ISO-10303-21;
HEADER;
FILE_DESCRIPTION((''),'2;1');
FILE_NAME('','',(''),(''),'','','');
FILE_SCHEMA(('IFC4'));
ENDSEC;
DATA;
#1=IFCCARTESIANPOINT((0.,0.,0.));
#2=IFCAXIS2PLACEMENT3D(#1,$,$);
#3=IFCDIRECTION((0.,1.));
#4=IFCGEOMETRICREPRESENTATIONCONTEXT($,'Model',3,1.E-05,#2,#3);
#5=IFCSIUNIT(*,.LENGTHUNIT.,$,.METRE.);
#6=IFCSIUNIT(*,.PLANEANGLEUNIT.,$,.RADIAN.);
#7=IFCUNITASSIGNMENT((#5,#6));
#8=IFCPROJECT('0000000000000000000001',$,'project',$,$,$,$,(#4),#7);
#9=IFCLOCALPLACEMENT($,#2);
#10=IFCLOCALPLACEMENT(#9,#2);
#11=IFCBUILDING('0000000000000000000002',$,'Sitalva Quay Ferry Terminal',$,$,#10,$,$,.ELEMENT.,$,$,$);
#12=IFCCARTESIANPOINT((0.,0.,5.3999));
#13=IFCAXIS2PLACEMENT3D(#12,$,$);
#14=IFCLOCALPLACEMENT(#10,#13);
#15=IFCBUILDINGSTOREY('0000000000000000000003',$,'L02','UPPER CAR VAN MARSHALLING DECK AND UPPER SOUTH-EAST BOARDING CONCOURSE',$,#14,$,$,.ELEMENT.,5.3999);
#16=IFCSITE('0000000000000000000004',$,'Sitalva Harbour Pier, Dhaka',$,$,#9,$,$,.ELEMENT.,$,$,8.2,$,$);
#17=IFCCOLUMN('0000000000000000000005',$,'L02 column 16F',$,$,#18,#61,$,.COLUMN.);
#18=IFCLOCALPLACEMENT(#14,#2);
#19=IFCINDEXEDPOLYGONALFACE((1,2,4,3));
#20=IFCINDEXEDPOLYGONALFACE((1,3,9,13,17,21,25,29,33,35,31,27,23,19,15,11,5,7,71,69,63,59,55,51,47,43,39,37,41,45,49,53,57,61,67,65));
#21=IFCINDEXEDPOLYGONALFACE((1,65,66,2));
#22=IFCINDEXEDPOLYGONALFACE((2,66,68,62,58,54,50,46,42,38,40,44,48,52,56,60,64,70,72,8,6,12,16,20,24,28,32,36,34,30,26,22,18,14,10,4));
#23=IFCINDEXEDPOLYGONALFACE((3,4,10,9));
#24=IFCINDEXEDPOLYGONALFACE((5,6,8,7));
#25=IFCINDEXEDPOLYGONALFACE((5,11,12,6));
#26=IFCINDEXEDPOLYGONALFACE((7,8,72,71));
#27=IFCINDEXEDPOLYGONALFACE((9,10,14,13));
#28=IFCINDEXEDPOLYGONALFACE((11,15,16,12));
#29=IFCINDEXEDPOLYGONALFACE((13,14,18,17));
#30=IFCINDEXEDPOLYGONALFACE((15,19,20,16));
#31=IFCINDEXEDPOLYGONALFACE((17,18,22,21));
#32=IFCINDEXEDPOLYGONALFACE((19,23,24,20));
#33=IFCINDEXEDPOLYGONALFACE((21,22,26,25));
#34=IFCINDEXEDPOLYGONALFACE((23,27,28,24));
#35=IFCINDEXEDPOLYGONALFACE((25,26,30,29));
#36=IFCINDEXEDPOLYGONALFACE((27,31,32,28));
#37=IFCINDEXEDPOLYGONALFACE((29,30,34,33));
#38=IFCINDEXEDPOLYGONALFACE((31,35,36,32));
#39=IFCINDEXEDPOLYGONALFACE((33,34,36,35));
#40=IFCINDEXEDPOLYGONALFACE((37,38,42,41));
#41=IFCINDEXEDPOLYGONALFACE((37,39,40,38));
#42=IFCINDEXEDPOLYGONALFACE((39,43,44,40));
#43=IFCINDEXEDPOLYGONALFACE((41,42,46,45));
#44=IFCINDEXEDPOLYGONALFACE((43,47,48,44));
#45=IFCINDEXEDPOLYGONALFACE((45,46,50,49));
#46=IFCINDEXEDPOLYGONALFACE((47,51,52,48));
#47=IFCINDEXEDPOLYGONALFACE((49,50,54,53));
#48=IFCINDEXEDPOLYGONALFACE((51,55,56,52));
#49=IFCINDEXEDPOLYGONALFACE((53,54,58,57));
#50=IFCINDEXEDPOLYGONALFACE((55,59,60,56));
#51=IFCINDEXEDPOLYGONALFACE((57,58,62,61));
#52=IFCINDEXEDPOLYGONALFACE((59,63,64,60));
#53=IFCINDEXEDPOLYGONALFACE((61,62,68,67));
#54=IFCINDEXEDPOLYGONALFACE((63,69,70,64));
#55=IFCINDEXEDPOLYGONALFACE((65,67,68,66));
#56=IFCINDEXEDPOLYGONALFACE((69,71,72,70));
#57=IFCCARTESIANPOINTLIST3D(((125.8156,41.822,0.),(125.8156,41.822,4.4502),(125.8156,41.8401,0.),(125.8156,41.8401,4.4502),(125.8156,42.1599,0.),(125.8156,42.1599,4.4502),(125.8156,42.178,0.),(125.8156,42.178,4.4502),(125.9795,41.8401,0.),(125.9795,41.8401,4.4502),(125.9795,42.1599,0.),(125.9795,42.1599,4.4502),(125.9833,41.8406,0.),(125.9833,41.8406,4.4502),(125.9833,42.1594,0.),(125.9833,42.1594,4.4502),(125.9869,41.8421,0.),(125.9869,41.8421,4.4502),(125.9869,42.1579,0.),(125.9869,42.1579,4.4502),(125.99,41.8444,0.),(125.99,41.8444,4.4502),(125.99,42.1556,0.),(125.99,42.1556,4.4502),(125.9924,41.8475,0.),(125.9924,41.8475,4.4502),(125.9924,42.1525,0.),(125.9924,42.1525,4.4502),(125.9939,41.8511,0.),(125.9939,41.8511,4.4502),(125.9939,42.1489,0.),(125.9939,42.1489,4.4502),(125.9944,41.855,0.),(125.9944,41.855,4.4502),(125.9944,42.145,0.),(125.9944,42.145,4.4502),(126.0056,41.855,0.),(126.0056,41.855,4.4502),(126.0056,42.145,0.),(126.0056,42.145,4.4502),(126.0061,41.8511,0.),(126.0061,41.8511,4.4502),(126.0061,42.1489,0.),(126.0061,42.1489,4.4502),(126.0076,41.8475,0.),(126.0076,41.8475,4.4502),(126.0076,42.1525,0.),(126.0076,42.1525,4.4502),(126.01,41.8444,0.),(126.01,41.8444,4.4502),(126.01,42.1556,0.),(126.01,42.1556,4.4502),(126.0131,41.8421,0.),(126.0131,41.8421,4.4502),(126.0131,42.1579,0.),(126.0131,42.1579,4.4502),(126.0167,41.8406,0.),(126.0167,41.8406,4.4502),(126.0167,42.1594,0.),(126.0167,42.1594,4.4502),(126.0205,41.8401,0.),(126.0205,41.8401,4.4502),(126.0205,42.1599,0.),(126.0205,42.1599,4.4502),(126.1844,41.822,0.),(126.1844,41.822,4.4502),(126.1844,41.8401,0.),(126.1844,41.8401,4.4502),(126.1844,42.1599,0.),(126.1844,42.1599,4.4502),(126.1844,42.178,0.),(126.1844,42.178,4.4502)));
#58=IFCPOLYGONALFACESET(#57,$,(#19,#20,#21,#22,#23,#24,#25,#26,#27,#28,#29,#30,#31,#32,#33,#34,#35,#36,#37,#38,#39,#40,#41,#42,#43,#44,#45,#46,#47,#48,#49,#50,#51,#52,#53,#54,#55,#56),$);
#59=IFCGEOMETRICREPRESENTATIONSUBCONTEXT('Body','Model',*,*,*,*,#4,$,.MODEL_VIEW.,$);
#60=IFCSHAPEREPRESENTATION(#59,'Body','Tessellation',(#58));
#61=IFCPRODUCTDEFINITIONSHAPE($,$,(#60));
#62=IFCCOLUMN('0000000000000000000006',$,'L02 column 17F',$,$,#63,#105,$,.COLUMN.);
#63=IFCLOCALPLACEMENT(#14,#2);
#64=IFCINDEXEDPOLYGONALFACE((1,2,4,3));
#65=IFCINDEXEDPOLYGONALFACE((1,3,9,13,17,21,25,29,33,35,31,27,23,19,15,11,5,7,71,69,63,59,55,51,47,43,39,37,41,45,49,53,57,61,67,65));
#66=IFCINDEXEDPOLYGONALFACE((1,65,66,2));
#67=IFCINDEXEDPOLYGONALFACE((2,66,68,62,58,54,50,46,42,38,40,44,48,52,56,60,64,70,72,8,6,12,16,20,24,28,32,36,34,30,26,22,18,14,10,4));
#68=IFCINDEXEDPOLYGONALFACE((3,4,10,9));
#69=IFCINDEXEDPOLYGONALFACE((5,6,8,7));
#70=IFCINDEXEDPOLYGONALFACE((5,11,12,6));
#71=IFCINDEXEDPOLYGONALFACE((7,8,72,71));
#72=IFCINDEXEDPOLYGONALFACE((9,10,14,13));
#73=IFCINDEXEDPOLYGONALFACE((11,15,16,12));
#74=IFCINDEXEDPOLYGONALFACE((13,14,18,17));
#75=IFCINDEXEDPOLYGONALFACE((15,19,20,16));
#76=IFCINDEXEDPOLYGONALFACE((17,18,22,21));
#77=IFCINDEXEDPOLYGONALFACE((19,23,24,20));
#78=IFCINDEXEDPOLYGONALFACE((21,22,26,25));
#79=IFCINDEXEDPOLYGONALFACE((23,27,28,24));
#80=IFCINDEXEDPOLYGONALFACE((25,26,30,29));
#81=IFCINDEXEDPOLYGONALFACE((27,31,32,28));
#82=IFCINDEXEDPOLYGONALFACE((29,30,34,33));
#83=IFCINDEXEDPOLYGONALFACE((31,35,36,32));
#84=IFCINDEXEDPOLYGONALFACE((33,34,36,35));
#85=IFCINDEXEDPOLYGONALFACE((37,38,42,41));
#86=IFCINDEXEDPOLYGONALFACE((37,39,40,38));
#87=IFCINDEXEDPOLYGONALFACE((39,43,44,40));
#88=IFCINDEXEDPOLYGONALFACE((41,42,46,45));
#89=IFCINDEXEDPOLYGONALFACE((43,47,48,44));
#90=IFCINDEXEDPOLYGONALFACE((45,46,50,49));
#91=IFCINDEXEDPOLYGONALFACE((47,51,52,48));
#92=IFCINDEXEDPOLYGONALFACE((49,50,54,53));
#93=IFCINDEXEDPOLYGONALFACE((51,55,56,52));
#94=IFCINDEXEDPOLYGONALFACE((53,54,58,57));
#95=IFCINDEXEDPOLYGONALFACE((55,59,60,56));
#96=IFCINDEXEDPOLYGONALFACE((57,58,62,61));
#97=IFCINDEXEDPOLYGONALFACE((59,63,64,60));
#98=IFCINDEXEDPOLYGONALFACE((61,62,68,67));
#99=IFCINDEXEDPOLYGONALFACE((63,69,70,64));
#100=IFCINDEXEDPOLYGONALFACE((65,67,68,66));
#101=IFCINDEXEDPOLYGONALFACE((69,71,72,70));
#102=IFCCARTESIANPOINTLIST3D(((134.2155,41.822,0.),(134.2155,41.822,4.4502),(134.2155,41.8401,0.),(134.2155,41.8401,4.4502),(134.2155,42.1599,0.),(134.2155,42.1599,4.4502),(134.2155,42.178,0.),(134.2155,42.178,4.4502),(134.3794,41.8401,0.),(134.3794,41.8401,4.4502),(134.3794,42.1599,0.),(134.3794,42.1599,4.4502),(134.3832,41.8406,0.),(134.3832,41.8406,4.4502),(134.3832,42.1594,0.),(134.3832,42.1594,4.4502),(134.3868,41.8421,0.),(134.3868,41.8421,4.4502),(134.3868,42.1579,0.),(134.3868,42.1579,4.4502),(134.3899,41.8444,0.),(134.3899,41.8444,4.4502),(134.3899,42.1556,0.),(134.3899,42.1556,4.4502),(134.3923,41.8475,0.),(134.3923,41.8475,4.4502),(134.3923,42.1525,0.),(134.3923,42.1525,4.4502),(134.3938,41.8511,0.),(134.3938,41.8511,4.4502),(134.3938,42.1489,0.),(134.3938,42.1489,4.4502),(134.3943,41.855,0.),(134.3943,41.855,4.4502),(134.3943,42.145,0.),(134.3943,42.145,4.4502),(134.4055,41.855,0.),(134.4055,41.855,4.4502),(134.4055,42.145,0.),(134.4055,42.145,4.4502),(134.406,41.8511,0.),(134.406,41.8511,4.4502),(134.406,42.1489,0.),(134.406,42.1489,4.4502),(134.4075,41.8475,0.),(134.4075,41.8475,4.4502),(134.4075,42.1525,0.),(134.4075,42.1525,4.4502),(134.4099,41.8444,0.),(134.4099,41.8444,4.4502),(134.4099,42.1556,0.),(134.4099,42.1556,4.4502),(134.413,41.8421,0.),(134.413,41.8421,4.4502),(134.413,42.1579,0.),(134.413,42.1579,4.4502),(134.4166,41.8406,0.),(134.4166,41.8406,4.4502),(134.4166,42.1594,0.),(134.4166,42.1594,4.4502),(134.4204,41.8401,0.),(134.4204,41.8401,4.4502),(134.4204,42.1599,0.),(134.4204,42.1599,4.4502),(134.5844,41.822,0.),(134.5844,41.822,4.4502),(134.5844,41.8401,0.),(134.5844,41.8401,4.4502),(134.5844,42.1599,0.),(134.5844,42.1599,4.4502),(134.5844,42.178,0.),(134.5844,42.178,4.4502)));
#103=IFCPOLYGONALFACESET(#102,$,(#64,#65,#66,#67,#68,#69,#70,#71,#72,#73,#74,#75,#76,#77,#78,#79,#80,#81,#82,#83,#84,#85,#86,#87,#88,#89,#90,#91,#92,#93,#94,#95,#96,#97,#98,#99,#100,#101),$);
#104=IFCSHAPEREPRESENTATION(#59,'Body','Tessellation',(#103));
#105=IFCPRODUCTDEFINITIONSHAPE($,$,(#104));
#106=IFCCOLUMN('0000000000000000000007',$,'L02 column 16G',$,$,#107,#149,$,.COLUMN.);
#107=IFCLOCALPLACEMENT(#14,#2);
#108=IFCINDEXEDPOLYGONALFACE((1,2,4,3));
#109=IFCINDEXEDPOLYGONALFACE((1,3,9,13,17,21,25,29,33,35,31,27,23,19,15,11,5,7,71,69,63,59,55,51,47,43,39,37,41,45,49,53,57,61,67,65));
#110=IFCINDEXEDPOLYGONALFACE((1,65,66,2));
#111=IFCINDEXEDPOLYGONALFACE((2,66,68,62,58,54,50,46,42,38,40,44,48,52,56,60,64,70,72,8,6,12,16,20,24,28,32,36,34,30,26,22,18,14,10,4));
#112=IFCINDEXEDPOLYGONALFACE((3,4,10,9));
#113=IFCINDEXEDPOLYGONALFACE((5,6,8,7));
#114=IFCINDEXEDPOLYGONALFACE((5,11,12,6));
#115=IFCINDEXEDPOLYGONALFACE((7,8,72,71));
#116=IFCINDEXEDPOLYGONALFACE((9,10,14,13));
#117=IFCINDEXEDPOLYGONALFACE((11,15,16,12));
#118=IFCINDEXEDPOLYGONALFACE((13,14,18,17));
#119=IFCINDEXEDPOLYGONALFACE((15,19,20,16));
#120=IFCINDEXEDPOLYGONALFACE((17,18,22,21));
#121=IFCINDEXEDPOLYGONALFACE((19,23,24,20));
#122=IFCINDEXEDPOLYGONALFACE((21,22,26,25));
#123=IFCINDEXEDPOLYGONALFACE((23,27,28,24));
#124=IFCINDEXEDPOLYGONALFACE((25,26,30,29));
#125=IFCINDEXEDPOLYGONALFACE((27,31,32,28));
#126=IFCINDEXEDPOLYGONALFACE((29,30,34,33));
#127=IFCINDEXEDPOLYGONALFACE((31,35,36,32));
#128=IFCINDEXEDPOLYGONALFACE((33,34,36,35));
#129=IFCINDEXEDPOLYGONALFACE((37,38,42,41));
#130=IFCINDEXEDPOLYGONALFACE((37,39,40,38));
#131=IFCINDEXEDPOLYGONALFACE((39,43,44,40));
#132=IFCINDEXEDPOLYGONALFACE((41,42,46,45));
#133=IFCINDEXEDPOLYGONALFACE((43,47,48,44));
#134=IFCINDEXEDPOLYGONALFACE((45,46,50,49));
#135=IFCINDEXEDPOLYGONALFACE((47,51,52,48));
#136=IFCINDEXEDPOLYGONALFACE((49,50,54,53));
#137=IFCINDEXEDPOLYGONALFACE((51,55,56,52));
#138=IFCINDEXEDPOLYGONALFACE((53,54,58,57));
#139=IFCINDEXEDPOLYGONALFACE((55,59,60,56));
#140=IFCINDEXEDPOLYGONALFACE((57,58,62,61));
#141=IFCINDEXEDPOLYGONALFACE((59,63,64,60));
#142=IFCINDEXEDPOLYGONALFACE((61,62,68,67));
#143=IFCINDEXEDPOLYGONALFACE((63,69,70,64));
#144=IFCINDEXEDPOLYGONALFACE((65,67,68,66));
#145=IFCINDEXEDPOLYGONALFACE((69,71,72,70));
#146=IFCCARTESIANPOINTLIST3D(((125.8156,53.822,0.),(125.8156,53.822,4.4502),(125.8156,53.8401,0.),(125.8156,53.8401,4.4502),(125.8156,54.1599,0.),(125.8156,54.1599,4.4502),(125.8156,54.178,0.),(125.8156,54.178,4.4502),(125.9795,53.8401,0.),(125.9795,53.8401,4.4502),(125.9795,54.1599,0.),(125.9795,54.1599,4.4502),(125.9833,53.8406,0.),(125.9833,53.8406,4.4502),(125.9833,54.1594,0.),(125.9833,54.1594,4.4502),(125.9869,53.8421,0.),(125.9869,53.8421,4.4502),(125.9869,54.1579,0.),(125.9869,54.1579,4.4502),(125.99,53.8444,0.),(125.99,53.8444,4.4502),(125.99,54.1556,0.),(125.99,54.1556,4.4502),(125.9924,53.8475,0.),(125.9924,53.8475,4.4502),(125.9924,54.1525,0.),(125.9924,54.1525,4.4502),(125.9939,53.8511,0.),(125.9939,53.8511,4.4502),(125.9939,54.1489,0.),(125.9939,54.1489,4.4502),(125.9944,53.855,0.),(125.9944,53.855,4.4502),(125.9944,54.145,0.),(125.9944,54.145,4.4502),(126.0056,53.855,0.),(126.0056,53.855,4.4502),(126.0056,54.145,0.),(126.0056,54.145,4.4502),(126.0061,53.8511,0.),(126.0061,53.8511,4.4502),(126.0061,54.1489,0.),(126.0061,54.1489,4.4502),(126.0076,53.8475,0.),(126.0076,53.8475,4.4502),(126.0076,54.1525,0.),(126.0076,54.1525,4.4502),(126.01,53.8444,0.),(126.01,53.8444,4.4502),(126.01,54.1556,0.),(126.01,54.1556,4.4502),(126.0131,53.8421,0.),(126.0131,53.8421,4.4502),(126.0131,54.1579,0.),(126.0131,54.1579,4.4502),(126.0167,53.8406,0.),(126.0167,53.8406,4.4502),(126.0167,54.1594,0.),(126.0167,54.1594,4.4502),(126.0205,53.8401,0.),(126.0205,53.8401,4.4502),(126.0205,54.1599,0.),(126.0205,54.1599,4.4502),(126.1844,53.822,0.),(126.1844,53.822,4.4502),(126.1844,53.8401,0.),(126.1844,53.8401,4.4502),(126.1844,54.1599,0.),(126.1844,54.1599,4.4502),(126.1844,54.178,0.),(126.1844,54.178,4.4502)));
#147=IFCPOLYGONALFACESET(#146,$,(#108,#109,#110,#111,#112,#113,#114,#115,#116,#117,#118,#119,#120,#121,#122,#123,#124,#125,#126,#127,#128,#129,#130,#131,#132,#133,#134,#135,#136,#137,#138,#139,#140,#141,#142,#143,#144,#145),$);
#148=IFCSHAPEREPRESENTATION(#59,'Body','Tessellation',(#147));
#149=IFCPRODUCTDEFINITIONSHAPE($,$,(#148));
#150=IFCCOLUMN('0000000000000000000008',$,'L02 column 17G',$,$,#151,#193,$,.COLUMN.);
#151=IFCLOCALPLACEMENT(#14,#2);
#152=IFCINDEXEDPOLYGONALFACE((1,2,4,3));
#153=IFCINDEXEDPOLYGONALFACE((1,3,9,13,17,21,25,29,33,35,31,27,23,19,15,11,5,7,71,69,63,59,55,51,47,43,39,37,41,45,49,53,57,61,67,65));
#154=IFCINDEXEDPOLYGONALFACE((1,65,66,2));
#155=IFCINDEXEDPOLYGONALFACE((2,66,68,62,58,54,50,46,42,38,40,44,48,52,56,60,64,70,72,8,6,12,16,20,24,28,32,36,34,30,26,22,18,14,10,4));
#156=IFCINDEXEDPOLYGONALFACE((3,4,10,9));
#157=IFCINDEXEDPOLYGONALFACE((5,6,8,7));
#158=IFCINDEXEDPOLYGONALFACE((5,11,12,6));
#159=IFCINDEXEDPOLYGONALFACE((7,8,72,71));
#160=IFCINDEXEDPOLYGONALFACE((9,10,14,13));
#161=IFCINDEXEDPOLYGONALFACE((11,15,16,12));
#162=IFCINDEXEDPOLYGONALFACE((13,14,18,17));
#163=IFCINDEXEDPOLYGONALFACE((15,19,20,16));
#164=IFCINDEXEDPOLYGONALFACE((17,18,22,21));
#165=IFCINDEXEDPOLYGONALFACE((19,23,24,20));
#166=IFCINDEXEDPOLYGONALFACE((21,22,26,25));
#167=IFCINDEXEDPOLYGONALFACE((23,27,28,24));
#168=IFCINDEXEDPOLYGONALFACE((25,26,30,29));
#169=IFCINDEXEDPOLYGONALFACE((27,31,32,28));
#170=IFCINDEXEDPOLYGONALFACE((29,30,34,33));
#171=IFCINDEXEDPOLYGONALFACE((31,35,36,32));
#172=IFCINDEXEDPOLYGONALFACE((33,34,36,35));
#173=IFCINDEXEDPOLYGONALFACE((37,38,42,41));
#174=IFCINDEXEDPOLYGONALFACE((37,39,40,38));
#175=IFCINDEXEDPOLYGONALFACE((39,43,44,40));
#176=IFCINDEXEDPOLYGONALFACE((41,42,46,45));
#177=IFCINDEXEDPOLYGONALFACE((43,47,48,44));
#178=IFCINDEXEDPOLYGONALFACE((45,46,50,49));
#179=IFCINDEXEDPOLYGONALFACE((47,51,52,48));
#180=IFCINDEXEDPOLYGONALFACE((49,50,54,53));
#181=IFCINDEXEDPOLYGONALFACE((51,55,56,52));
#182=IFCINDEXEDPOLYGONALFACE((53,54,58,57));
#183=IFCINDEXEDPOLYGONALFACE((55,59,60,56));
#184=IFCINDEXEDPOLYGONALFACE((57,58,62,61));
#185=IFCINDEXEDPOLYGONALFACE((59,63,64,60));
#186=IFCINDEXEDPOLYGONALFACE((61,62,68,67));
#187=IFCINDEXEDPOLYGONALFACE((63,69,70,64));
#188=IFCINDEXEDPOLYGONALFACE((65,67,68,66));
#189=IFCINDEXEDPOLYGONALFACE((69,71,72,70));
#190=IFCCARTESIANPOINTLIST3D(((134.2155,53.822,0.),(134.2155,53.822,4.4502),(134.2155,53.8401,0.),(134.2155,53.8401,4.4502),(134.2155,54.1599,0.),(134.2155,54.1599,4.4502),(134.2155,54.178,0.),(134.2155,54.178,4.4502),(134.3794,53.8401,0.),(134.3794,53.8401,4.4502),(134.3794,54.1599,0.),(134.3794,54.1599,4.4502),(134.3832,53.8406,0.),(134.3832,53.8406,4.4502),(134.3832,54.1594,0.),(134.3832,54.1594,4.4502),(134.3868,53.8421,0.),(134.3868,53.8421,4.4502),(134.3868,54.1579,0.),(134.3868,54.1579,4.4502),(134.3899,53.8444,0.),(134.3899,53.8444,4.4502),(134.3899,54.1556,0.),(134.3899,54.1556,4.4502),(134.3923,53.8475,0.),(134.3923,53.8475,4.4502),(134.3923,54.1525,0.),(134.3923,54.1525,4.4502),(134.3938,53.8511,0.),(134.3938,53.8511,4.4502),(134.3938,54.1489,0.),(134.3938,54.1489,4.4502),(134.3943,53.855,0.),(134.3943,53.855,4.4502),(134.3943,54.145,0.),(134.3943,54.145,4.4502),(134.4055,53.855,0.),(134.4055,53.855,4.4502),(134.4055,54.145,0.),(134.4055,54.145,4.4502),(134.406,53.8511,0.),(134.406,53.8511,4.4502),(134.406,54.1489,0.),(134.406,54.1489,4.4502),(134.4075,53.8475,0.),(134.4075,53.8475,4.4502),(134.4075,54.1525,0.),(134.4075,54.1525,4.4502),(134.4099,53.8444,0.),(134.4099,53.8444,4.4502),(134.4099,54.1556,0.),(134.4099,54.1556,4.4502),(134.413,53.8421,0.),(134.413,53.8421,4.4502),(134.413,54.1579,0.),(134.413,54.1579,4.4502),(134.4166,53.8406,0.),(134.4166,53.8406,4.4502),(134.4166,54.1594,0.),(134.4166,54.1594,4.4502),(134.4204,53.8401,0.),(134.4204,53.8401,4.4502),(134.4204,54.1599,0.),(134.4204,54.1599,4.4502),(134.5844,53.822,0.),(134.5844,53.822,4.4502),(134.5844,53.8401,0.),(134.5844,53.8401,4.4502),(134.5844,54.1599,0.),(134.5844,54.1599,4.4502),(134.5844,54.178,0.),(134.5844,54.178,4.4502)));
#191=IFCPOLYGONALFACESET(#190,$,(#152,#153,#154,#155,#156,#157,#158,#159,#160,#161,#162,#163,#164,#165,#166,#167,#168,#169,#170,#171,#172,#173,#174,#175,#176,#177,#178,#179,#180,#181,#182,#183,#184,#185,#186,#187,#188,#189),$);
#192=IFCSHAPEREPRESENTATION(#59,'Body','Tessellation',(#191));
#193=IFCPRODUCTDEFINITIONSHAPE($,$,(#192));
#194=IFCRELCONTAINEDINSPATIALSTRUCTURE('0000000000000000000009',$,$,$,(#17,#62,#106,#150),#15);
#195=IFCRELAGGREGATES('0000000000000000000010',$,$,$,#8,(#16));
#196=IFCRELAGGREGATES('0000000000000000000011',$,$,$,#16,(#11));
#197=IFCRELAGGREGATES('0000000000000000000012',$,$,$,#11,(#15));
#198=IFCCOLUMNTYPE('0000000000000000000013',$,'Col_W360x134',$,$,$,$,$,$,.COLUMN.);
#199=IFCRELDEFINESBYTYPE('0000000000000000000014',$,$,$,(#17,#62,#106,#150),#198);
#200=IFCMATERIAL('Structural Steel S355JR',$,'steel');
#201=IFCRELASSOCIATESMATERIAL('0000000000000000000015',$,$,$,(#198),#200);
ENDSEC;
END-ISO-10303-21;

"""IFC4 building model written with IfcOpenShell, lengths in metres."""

from ifc_helpers import new_model, si_unit, direction, frame, origin, origin_2d, place, context, subcontext, project, spatial, i_section, extrude, material, material_profile, profile_set, type_object, element, save


model = new_model("IFC4")

# Units and contexts
model_context = context("Model", 3, precision=1e-05, world=origin(), true_north=direction((0.0, 1.0)))
body_context = subcontext(model_context, "Body", "Model", "MODEL_VIEW")
ifc_project = project(units=[si_unit("LENGTHUNIT", "METRE"), si_unit("PLANEANGLEUNIT", "RADIAN")], contexts=[model_context])

# Site, building, storey
site_placement = place(None, origin())
site = spatial("IfcSite", under=ifc_project, at=site_placement, Name="Sitalva Harbour Pier, Dhaka", CompositionType="ELEMENT", RefElevation=8.2)
building_placement = place(site_placement, origin())
building = spatial("IfcBuilding", under=site, at=building_placement, Name="Sitalva Quay Ferry Terminal", CompositionType="ELEMENT")
storey_placement = place(building_placement, frame((0.0, 0.0, 5.3999)))
storey = spatial("IfcBuildingStorey", under=building, at=storey_placement, Name="L02", Description="UPPER CAR VAN MARSHALLING DECK AND UPPER SOUTH-EAST BOARDING CONCOURSE", CompositionType="ELEMENT", Elevation=5.3999)

# Columns
ifc_material_1 = material(Name="Structural Steel S355JR", Category="steel")
ifc_material_profile_1 = material_profile(ifc_material_1, i_section(OverallWidth=0.3689, OverallDepth=0.356, WebThickness=0.0112, FlangeThickness=0.0181, FilletRadius=0.0149, at=origin_2d()), Name="W360x134")
ifc_profile_set_1 = profile_set([ifc_material_profile_1], Name="Structural Steel S355JR")
column_type = type_object("IfcColumnType", Name="Col_W360x134", PredefinedType="COLUMN", material=ifc_profile_set_1)
for number, where, z_axis, x_axis, name in (
    (1, (126.0, 42.0, 0.0), (0.0, 0.0, 1.0), (1.0, 0.0, 0.0), "L02 column 16F"),
    (2, (134.3999, 42.0, 0.0), (0.0, 0.0, 1.0), (1.0, 0.0, 0.0), "L02 column 17F"),
    (3, (126.0, 54.0, 0.0), (0.0, 0.0, 1.0), (1.0, 0.0, 0.0), "L02 column 16G"),
    (4, (134.3999, 54.0, 0.0), (0.0, 0.0, 1.0), (1.0, 0.0, 0.0), "L02 column 17G"),
):
    element("IfcColumn", number, at=place(storey_placement, frame(where, z_axis=z_axis, x_axis=x_axis)), inside=storey, type_object=column_type, Name=name, PredefinedType="COLUMN", context=body_context, shape_type="SweptSolid", body=[
        extrude(i_section(OverallWidth=0.3689, OverallDepth=0.356, WebThickness=0.0112, FlangeThickness=0.0181, FilletRadius=0.0149, at=origin_2d()), origin(), (0.0, 0.0, 1.0), 4.4502),
    ])

save(model, "model.ifc")
